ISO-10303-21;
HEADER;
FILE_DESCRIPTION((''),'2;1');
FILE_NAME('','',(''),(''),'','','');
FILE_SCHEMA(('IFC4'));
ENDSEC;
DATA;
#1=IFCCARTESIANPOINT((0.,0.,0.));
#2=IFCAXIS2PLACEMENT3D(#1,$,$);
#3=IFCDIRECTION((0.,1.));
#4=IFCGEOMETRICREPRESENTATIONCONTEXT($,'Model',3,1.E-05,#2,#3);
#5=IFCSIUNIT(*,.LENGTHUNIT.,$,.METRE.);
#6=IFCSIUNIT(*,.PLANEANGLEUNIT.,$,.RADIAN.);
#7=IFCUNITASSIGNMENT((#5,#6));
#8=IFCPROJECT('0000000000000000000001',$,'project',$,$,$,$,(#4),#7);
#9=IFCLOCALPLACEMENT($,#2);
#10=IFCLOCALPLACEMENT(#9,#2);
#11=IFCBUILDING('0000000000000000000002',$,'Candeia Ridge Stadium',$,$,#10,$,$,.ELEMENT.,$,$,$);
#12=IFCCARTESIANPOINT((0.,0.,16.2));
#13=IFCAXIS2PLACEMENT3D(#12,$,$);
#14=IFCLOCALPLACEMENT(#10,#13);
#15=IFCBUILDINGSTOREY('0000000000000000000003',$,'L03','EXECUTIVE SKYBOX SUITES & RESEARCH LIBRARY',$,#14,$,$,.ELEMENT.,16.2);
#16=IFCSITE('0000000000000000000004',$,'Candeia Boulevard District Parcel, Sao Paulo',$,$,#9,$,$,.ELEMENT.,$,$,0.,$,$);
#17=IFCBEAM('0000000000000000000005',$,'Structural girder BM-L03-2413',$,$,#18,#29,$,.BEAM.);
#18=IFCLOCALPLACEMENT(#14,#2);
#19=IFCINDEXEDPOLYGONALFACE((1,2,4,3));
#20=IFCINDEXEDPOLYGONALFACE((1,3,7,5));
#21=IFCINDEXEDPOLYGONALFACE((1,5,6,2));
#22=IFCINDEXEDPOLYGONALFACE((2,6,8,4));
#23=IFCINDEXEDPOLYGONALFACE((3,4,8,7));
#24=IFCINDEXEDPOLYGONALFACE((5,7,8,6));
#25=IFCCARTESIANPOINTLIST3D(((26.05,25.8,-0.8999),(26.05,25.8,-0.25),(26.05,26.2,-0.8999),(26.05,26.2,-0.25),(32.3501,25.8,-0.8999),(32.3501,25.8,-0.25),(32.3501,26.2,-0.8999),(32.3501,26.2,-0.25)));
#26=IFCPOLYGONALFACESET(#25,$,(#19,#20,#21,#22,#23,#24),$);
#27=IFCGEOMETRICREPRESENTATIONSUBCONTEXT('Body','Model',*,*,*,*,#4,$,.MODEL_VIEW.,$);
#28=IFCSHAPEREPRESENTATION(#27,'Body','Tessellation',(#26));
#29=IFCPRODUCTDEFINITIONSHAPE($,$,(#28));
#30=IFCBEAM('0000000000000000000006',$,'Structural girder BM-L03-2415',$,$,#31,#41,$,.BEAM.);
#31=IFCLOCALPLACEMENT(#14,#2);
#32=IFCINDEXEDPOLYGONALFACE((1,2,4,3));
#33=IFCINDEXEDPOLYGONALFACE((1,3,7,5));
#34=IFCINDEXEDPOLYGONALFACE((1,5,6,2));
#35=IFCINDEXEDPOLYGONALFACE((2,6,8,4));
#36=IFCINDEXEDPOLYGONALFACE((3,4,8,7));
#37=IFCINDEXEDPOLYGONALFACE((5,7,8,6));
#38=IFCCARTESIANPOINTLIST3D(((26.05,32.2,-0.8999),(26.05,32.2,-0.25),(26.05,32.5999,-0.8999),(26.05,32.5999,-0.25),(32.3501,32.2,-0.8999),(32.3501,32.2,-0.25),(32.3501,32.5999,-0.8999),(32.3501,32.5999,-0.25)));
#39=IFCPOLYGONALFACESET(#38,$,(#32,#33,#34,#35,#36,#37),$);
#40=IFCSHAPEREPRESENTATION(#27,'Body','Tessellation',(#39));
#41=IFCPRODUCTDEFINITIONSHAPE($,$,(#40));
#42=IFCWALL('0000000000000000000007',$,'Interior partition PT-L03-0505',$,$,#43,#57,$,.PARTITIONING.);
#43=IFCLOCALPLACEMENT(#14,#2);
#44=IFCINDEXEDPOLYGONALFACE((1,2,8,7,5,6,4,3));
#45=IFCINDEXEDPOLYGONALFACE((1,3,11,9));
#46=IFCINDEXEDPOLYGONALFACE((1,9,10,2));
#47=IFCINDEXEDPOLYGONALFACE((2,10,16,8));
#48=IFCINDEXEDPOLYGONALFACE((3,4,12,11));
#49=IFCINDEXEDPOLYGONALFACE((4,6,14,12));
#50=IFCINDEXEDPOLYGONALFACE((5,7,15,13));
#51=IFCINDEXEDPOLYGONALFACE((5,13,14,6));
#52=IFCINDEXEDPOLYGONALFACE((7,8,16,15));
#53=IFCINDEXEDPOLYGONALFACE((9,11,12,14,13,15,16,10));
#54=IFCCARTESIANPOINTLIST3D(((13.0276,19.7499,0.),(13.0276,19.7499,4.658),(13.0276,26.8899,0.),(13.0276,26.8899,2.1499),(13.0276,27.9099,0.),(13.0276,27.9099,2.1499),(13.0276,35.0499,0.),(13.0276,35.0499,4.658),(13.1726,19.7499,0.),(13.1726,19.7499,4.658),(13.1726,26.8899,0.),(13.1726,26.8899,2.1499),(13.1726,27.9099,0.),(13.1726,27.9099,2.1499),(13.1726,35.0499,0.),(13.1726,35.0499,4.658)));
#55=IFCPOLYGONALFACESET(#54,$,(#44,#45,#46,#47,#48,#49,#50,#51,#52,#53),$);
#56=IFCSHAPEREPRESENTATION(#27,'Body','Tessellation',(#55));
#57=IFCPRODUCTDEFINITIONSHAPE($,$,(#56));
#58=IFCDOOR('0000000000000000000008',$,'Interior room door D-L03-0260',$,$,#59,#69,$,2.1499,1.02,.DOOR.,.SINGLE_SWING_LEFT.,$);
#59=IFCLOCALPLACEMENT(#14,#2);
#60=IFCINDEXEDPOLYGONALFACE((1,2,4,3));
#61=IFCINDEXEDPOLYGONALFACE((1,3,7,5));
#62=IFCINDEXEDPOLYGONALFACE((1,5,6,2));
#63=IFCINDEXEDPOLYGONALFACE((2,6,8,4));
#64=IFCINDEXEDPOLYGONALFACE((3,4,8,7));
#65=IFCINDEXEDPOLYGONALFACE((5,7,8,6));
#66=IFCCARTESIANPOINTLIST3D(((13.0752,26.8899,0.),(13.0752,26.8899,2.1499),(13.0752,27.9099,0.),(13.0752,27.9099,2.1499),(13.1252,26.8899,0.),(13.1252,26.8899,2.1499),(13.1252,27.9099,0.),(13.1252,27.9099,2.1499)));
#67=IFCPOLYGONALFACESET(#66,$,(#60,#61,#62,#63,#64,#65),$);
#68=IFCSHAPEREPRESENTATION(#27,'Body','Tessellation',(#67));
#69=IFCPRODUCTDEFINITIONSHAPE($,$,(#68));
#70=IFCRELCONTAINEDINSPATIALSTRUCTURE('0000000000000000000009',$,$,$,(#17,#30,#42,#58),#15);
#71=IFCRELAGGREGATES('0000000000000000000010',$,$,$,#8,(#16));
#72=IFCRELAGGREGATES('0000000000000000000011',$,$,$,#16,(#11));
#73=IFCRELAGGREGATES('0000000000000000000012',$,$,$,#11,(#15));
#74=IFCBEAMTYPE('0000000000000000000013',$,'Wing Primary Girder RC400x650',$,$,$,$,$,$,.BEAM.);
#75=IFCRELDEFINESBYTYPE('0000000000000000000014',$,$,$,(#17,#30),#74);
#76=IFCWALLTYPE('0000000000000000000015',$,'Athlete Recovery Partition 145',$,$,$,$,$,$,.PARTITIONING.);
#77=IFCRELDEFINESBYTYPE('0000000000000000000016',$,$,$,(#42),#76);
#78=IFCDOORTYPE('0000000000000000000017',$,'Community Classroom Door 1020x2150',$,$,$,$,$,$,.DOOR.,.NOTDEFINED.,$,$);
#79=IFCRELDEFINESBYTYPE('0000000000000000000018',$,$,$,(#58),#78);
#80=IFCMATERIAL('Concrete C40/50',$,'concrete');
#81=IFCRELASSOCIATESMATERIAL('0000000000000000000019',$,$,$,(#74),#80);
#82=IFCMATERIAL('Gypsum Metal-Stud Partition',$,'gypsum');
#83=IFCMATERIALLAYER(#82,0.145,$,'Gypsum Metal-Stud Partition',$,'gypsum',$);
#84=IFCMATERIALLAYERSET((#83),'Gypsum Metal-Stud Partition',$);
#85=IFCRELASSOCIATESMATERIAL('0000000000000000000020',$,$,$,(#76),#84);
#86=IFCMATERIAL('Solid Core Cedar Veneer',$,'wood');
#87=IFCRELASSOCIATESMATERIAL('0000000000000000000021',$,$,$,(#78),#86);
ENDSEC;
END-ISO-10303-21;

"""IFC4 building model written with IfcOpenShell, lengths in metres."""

from ifc_helpers import new_model, si_unit, direction, frame, frame_2d, origin, origin_2d, place, context, subcontext, project, spatial, rectangle, extrude, material, layer, layer_set, material_profile, profile_set, type_object, element, fill, save


model = new_model("IFC4")

# Units and contexts
model_context = context("Model", 3, precision=1e-05, world=origin(), true_north=direction((0.0, 1.0)))
body_context = subcontext(model_context, "Body", "Model", "MODEL_VIEW")
ifc_project = project(units=[si_unit("LENGTHUNIT", "METRE"), si_unit("PLANEANGLEUNIT", "RADIAN")], contexts=[model_context])

# Site, building, storey
site_placement = place(None, origin())
site = spatial("IfcSite", under=ifc_project, at=site_placement, Name="Candeia Boulevard District Parcel, Sao Paulo", CompositionType="ELEMENT", RefElevation=0.0)
building_placement = place(site_placement, origin())
building = spatial("IfcBuilding", under=site, at=building_placement, Name="Candeia Ridge Stadium", CompositionType="ELEMENT")
storey_placement = place(building_placement, frame((0.0, 0.0, 16.2)))
storey = spatial("IfcBuildingStorey", under=building, at=storey_placement, Name="L03", Description="EXECUTIVE SKYBOX SUITES & RESEARCH LIBRARY", CompositionType="ELEMENT", Elevation=16.2)

# Shared definitions
ifc_material_1 = material(Name="Concrete C40/50", Category="concrete")

# Beams
ifc_material_profile_1 = material_profile(ifc_material_1, rectangle(XDim=0.3999, YDim=0.6499, at=origin_2d()), Name="RC400x650", Category="concrete")
ifc_profile_set_1 = profile_set([ifc_material_profile_1], Name="Concrete C40/50")
beam_type_1 = type_object("IfcBeamType", Name="Wing Primary Girder RC400x650", PredefinedType="BEAM", material=ifc_profile_set_1)
for number, where, z_axis, x_axis, name in (
    (1, (26.05, 26.0, -0.575), (1.0, 0.0, 0.0), (0.0, 1.0, 0.0), "Structural girder BM-L03-2413"),
    (2, (26.05, 32.3999, -0.575), (1.0, 0.0, 0.0), (0.0, 1.0, 0.0), "Structural girder BM-L03-2415"),
):
    element("IfcBeam", number, at=place(storey_placement, frame(where, z_axis=z_axis, x_axis=x_axis)), inside=storey, type_object=beam_type_1, Name=name, PredefinedType="BEAM", context=body_context, shape_type="SweptSolid", body=[
        extrude(rectangle(XDim=0.3999, YDim=0.6499, at=origin_2d()), origin(), (0.0, 0.0, 1.0), 6.3),
    ])

# Wall, opening, door
ifc_material_2 = material(Name="Gypsum Metal-Stud Partition", Category="gypsum")
ifc_layer = layer(ifc_material_2, 0.145, Name="Gypsum Metal-Stud Partition", Category="gypsum")
ifc_layer_set = layer_set([ifc_layer], Name="Gypsum Metal-Stud Partition")
wall_type = type_object("IfcWallType", Name="Athlete Recovery Partition 145", PredefinedType="PARTITIONING", material=ifc_layer_set)
wall_placement = place(storey_placement, frame((13.1001, 19.75, 0.0), z_axis=(0.0, 0.0, 1.0), x_axis=(0.0, 1.0, 0.0)))
wall = element("IfcWall", 3, at=wall_placement, inside=storey, type_object=wall_type, Name="Interior partition PT-L03-0505", PredefinedType="PARTITIONING", context=body_context, shape_type="SweptSolid", body=[
    extrude(rectangle(XDim=15.3, YDim=0.145, at=frame_2d((7.6499, 0.0))), origin(), (0.0, 0.0, 1.0), 4.658),
])
opening_placement = place(wall_placement, frame((7.1399, 0.0, 0.0)))
opening = element("IfcOpeningElement", 4, at=opening_placement, cuts=wall, PredefinedType="OPENING", context=body_context, shape_type="SweptSolid", body=[
    extrude(rectangle(XDim=1.02, YDim=2.1499, at=frame_2d((0.51, 1.075))), frame((0.0, 0.0825, 0.0), z_axis=(0.0, -1.0, 0.0), x_axis=(1.0, 0.0, 0.0)), (0.0, 0.0, 1.0), 0.165),
])
ifc_material_3 = material(Name="Solid Core Cedar Veneer", Category="wood")
door_type = type_object("IfcDoorType", Name="Community Classroom Door 1020x2150", OperationType="NOTDEFINED", PredefinedType="DOOR", material=ifc_material_3)
door_placement = place(opening_placement, origin())
door = element("IfcDoor", 5, at=door_placement, inside=storey, type_object=door_type, Name="Interior room door D-L03-0260", OperationType="SINGLE_SWING_LEFT", OverallHeight=2.1499, OverallWidth=1.02, PredefinedType="DOOR", context=body_context, shape_type="SweptSolid", body=[
    extrude(rectangle(XDim=1.02, YDim=2.1499, at=frame_2d((0.51, 1.075))), frame((0.0, 0.0249, 0.0), z_axis=(0.0, -1.0, 0.0), x_axis=(1.0, 0.0, 0.0)), (0.0, 0.0, 1.0), 0.05),
])
fill(opening, door)

save(model, "model.ifc")
